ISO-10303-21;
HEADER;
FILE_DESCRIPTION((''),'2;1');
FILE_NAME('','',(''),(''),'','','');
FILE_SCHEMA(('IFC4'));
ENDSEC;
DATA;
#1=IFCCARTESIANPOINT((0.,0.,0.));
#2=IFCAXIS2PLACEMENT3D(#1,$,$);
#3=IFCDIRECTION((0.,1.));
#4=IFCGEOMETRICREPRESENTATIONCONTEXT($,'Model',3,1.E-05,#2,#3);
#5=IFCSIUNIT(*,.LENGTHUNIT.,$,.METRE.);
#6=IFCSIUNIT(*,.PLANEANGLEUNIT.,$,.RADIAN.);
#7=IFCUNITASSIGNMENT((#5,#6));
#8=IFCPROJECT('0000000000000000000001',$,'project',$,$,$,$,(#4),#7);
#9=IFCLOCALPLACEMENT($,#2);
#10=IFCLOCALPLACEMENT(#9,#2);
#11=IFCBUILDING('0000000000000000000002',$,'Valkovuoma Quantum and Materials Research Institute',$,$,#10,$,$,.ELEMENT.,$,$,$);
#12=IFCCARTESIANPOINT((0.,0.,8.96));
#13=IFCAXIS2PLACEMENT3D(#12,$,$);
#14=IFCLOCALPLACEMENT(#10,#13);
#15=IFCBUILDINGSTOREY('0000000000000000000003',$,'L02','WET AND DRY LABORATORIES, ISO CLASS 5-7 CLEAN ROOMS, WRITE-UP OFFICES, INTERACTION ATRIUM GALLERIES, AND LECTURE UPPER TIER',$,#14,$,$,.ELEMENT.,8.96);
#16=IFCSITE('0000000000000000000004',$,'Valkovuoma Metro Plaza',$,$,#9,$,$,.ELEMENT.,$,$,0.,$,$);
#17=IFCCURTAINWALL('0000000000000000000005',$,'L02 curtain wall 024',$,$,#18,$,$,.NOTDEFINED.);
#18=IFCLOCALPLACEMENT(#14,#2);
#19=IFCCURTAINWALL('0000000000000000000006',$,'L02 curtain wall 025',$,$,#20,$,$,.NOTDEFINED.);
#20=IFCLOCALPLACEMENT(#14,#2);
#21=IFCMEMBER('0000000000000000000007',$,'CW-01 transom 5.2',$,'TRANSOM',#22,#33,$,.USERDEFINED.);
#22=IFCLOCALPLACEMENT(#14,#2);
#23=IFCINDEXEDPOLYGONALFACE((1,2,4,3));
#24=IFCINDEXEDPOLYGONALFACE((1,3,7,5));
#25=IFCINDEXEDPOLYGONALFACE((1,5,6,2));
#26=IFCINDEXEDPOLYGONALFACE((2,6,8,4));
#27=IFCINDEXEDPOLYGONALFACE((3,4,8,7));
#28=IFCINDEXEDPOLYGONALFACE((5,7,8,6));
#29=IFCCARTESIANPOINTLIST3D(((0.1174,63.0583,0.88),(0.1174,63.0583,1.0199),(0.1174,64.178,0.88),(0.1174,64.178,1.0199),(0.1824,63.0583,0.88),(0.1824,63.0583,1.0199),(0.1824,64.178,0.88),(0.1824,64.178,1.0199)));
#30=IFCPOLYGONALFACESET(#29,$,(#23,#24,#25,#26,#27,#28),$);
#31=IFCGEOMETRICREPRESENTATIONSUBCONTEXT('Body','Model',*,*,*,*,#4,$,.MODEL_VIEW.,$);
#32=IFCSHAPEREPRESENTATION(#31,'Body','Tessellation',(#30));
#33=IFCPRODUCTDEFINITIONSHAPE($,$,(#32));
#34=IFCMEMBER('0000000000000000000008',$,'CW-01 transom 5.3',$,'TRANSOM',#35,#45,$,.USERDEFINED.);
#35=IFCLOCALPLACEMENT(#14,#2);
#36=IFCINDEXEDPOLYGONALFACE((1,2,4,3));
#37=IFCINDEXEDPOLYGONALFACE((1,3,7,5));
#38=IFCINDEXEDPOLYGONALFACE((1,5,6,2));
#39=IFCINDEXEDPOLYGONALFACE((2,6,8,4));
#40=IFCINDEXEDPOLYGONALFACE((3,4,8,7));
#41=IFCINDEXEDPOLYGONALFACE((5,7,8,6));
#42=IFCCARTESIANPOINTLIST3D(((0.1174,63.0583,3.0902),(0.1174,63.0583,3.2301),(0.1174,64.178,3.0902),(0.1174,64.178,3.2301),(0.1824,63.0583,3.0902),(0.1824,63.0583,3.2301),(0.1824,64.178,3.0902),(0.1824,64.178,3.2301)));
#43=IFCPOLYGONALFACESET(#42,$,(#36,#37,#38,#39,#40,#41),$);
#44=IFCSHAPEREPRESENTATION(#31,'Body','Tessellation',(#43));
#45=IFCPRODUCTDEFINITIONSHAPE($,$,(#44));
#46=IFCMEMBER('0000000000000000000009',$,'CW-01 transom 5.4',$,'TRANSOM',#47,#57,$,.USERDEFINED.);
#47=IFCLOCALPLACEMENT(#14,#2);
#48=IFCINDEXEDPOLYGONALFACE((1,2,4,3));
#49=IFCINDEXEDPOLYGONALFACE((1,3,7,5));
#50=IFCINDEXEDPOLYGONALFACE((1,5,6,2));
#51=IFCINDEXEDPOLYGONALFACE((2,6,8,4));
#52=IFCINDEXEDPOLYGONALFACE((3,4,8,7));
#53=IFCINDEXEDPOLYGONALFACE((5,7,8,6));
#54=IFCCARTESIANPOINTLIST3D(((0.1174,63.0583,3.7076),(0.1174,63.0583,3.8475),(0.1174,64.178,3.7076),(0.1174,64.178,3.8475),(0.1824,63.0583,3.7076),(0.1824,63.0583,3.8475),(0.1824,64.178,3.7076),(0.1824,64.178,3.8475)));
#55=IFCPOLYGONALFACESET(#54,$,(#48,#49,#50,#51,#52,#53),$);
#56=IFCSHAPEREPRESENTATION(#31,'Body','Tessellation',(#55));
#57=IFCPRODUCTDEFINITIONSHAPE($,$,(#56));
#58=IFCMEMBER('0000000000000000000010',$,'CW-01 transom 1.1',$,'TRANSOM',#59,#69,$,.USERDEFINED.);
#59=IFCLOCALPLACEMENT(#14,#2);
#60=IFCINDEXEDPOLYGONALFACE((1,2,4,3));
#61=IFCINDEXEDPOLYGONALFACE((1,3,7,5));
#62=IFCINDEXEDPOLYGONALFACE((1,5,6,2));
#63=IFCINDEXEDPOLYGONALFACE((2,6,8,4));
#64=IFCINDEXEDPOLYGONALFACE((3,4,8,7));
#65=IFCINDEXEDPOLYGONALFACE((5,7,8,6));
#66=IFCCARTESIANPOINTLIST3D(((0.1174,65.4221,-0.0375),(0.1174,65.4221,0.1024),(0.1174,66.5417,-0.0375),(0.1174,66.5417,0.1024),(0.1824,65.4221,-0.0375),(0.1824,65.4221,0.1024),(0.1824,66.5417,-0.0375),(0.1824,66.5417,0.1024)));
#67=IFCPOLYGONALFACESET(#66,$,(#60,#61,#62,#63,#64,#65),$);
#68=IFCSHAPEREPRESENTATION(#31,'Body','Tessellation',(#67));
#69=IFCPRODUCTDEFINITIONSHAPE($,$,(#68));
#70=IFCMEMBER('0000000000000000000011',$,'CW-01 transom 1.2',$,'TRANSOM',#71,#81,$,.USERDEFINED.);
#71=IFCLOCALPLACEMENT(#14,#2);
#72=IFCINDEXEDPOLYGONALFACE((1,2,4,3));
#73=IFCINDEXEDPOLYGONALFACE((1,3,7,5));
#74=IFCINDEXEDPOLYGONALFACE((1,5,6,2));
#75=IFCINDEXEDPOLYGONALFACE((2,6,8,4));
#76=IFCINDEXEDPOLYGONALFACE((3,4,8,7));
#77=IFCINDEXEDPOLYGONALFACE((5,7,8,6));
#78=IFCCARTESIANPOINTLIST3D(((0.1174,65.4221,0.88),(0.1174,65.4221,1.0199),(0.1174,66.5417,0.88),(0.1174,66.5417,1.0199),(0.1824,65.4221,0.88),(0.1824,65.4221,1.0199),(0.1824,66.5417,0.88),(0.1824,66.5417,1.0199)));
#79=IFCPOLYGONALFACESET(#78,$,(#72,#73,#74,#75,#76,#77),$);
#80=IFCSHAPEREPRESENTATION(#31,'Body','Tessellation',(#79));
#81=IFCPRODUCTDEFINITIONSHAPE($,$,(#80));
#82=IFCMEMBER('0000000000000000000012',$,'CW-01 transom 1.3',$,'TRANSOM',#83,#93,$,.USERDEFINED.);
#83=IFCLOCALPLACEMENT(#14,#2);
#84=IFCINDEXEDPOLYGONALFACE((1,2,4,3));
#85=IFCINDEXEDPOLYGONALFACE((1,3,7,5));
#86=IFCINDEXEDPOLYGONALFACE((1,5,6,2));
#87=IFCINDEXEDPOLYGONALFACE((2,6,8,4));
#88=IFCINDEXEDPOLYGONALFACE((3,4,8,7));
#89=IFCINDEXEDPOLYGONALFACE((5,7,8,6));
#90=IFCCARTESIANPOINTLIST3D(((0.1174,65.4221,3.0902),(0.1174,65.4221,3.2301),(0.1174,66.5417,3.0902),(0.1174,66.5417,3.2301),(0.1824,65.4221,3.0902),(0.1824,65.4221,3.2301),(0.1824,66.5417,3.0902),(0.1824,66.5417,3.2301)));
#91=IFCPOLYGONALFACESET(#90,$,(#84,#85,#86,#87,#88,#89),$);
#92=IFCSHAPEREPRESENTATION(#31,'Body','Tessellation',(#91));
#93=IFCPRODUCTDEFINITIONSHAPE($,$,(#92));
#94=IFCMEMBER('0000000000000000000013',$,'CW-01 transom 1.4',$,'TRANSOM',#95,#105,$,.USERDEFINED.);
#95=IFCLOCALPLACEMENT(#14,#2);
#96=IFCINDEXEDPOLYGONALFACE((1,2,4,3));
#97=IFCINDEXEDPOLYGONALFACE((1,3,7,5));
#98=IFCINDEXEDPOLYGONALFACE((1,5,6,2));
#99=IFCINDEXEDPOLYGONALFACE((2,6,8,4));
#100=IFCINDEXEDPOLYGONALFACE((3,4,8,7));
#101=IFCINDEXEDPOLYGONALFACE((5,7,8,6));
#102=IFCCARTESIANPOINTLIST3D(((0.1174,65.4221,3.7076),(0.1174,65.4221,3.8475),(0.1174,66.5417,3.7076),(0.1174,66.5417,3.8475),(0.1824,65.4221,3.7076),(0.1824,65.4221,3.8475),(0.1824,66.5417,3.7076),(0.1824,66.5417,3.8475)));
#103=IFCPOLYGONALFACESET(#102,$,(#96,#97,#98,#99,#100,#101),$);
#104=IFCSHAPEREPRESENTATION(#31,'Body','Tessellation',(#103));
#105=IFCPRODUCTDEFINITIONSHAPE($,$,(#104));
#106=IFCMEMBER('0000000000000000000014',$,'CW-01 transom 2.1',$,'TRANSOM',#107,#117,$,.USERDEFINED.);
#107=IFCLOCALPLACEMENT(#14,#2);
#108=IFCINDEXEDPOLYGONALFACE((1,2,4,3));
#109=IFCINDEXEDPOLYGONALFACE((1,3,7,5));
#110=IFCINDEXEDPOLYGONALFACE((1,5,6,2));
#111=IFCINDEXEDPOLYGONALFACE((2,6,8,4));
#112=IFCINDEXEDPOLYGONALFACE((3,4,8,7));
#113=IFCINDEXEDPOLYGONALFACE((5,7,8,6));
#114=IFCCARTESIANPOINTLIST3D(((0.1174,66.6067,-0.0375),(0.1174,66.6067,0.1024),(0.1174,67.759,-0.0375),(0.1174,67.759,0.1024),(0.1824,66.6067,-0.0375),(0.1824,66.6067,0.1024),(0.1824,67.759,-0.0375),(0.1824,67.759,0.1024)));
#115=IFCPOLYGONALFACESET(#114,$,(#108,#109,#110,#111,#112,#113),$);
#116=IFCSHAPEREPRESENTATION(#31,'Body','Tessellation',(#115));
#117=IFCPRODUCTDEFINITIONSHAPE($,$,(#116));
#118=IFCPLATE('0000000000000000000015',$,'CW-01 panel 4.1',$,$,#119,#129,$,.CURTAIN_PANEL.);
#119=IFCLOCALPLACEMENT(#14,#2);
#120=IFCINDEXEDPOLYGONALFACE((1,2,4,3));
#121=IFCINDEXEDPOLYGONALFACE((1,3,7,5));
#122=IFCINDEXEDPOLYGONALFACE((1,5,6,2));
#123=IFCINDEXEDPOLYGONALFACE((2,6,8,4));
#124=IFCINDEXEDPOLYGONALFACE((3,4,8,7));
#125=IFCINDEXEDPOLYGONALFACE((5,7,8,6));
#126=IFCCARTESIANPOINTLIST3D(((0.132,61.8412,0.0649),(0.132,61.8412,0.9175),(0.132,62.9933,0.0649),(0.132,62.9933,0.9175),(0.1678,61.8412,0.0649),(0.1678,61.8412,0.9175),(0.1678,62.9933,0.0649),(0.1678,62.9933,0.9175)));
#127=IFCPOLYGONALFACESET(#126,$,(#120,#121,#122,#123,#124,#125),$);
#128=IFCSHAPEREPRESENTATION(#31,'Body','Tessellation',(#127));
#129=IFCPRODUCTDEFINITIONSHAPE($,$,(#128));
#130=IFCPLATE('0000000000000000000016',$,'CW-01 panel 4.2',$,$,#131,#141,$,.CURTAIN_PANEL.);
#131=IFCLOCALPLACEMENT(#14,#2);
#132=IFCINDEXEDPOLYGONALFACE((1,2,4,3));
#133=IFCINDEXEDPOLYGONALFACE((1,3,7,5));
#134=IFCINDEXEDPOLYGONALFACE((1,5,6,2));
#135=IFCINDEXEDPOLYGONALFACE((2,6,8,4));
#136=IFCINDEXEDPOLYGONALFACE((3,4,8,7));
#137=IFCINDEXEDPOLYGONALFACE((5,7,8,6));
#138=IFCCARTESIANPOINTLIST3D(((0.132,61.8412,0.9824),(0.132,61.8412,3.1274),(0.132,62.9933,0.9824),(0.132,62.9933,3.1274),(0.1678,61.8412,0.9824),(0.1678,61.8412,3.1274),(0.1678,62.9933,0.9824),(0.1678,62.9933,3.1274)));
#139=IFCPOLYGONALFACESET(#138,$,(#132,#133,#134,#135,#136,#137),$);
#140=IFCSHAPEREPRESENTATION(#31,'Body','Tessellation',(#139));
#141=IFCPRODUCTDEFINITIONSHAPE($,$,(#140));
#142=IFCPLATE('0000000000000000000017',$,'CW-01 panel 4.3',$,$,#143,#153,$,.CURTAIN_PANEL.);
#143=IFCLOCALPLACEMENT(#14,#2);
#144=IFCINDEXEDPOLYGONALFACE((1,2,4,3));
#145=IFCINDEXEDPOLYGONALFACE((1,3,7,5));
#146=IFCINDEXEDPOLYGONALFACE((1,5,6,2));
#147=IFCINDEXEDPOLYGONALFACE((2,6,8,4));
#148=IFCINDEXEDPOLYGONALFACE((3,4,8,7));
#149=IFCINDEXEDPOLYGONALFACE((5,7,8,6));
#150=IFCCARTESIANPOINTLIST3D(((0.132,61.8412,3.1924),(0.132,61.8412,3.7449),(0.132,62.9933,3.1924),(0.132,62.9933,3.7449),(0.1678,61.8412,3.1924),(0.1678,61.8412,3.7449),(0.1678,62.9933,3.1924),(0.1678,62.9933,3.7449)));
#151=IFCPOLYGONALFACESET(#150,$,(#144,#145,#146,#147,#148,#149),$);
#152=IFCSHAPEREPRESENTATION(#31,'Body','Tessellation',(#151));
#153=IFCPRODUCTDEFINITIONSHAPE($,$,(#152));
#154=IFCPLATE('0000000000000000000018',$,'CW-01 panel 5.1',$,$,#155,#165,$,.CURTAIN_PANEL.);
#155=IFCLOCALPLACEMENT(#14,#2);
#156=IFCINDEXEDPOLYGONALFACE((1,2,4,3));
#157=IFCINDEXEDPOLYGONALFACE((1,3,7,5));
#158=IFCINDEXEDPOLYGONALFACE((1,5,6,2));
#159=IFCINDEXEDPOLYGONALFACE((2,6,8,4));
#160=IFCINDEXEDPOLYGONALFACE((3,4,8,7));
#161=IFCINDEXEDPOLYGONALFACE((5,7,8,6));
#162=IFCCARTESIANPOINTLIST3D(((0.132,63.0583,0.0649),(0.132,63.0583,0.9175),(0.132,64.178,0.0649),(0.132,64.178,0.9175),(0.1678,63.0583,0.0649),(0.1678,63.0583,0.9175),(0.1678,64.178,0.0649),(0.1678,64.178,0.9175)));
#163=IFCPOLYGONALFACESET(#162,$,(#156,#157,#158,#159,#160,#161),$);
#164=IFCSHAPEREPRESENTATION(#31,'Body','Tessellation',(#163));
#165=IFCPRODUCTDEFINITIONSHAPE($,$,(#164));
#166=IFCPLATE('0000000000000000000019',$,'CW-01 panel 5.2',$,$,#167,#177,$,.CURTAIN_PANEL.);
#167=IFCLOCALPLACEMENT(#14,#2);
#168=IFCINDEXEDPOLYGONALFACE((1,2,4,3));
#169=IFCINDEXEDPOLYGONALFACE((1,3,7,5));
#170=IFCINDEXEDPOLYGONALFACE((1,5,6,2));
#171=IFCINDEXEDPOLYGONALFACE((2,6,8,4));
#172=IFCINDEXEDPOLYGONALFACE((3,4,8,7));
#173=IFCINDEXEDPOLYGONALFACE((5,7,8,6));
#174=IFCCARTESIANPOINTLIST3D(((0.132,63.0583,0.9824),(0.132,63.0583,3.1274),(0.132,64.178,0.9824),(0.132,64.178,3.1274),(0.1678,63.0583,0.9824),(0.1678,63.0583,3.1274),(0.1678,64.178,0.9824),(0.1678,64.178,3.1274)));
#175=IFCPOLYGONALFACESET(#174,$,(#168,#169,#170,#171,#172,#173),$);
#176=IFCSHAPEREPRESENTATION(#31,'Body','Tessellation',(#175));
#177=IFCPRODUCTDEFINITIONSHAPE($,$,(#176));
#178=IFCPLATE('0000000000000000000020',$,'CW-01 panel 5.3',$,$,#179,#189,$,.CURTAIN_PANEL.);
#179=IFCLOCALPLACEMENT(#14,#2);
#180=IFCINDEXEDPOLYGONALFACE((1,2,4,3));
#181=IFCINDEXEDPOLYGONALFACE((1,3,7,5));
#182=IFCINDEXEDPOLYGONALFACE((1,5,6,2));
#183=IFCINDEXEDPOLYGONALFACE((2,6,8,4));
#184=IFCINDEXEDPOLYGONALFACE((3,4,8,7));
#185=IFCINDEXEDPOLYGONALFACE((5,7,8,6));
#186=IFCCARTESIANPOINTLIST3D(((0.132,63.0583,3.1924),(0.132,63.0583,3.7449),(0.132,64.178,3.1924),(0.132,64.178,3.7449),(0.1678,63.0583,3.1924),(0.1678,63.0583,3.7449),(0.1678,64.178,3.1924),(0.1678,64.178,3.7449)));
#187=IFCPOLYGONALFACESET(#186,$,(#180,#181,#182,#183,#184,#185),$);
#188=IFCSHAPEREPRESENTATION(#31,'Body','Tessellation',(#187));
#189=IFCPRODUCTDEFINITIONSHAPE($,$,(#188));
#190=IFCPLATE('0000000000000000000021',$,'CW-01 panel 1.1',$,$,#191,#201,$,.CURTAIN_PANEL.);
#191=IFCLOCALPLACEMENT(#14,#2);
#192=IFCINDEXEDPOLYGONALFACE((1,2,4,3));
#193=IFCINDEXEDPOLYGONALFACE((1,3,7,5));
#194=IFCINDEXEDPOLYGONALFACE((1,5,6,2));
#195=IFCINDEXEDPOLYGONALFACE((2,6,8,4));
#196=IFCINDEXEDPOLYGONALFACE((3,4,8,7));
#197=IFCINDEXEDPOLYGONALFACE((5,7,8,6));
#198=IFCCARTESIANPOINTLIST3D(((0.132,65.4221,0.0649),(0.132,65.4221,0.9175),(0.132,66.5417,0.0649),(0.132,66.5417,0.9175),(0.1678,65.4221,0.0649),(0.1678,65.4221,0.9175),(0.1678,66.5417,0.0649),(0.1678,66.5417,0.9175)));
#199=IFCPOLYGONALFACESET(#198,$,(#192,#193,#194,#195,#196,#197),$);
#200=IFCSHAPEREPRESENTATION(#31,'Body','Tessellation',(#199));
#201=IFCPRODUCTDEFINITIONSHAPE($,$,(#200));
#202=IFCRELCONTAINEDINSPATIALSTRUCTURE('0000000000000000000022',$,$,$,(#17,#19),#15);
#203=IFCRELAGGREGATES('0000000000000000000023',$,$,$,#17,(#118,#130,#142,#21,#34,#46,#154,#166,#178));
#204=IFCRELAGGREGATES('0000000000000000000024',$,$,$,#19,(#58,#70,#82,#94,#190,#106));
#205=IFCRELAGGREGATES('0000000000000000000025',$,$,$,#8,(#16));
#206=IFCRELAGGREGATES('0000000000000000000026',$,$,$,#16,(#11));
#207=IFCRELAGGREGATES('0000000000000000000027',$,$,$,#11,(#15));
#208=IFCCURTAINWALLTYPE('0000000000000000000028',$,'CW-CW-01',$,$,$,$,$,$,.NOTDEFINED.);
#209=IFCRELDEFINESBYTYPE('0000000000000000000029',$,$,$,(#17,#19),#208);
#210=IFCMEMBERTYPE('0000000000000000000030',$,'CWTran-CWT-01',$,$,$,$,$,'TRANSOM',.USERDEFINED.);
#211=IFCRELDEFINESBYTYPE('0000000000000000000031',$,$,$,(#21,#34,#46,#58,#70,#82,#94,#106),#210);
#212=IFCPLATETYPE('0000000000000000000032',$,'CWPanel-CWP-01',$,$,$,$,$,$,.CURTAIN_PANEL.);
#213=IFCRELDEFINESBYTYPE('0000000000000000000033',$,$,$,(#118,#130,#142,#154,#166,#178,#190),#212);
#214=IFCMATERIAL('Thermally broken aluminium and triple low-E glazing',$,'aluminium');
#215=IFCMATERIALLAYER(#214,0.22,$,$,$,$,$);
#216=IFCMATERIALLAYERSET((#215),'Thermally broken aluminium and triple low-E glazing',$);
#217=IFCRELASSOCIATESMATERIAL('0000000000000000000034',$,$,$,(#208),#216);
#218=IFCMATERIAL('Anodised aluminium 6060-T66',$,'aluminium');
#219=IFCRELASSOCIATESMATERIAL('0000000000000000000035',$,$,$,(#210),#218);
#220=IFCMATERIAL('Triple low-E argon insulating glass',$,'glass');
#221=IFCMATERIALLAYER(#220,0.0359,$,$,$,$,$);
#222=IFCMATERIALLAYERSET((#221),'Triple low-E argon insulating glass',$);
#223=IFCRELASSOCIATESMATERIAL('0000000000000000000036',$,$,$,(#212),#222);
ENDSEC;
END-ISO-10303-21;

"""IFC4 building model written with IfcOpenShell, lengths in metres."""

from ifc_helpers import new_model, si_unit, direction, frame, origin, origin_2d, place, context, subcontext, project, spatial, rectangle, extrude, material, layer, layer_set, material_profile, profile_set, type_object, element, aggregate, save


model = new_model("IFC4")

# Units and contexts
model_context = context("Model", 3, precision=1e-05, world=origin(), true_north=direction((0.0, 1.0)))
body_context = subcontext(model_context, "Body", "Model", "MODEL_VIEW")
ifc_project = project(units=[si_unit("LENGTHUNIT", "METRE"), si_unit("PLANEANGLEUNIT", "RADIAN")], contexts=[model_context])

# Site, building, storey
site_placement = place(None, origin())
site = spatial("IfcSite", under=ifc_project, at=site_placement, Name="Valkovuoma Metro Plaza", CompositionType="ELEMENT", RefElevation=0.0)
building_placement = place(site_placement, origin())
building = spatial("IfcBuilding", under=site, at=building_placement, Name="Valkovuoma Quantum and Materials Research Institute", CompositionType="ELEMENT")
storey_placement = place(building_placement, frame((0.0, 0.0, 8.96)))
storey = spatial("IfcBuildingStorey", under=building, at=storey_placement, Name="L02", Description="WET AND DRY LABORATORIES, ISO CLASS 5-7 CLEAN ROOMS, WRITE-UP OFFICES, INTERACTION ATRIUM GALLERIES, AND LECTURE UPPER TIER", CompositionType="ELEMENT", Elevation=8.96)

# Curtain walls
ifc_material_1 = material(Name="Thermally broken aluminium and triple low-E glazing", Category="aluminium")
ifc_layer_1 = layer(ifc_material_1, 0.22)
ifc_layer_set_1 = layer_set([ifc_layer_1], Name="Thermally broken aluminium and triple low-E glazing")
curtain_wall_type = type_object("IfcCurtainWallType", Name="CW-CW-01", PredefinedType="NOTDEFINED", material=ifc_layer_set_1)
curtain_wall_1_placement = place(storey_placement, origin())
curtain_wall_1 = element("IfcCurtainWall", 1, at=curtain_wall_1_placement, inside=storey, type_object=curtain_wall_type, Name="L02 curtain wall 024", PredefinedType="NOTDEFINED")
curtain_wall_2_placement = place(storey_placement, origin())
curtain_wall_2 = element("IfcCurtainWall", 2, at=curtain_wall_2_placement, inside=storey, type_object=curtain_wall_type, Name="L02 curtain wall 025", PredefinedType="NOTDEFINED")

# Members
ifc_material_2 = material(Name="Anodised aluminium 6060-T66", Category="aluminium")
ifc_material_profile_1 = material_profile(ifc_material_2, rectangle(XDim=0.0649, YDim=0.1399, at=origin_2d()), Name="Anodised aluminium 6060-T66")
ifc_profile_set_1 = profile_set([ifc_material_profile_1], Name="Anodised aluminium 6060-T66")
member_type_1 = type_object("IfcMemberType", Name="CWTran-CWT-01", ElementType="TRANSOM", PredefinedType="USERDEFINED", material=ifc_profile_set_1)
member_1_placement = place(storey_placement, frame((0.1499, 63.0583, 0.95), z_axis=(0.0, 1.0, 0.0), x_axis=(-1.0, 0.0, 0.0)))
member_1 = element("IfcMember", 3, at=member_1_placement, type_object=member_type_1, Name="CW-01 transom 5.2", ObjectType="TRANSOM", PredefinedType="USERDEFINED", context=body_context, shape_type="SweptSolid", body=[
    extrude(rectangle(XDim=0.0649, YDim=0.1399, at=origin_2d()), origin(), (0.0, 0.0, 1.0), 1.1196),
])
member_2_placement = place(storey_placement, frame((0.1499, 63.0583, 3.1602), z_axis=(0.0, 1.0, 0.0), x_axis=(-1.0, 0.0, 0.0)))
member_2 = element("IfcMember", 4, at=member_2_placement, type_object=member_type_1, Name="CW-01 transom 5.3", ObjectType="TRANSOM", PredefinedType="USERDEFINED", context=body_context, shape_type="SweptSolid", body=[
    extrude(rectangle(XDim=0.0649, YDim=0.1399, at=origin_2d()), origin(), (0.0, 0.0, 1.0), 1.1196),
])
member_3_placement = place(storey_placement, frame((0.1499, 63.0583, 3.7776), z_axis=(0.0, 1.0, 0.0), x_axis=(-1.0, 0.0, 0.0)))
member_3 = element("IfcMember", 5, at=member_3_placement, type_object=member_type_1, Name="CW-01 transom 5.4", ObjectType="TRANSOM", PredefinedType="USERDEFINED", context=body_context, shape_type="SweptSolid", body=[
    extrude(rectangle(XDim=0.0649, YDim=0.1399, at=origin_2d()), origin(), (0.0, 0.0, 1.0), 1.1196),
])
member_4_placement = place(storey_placement, frame((0.1499, 65.4221, 0.0325), z_axis=(0.0, 1.0, 0.0), x_axis=(-1.0, 0.0, 0.0)))
member_4 = element("IfcMember", 6, at=member_4_placement, type_object=member_type_1, Name="CW-01 transom 1.1", ObjectType="TRANSOM", PredefinedType="USERDEFINED", context=body_context, shape_type="SweptSolid", body=[
    extrude(rectangle(XDim=0.0649, YDim=0.1399, at=origin_2d()), origin(), (0.0, 0.0, 1.0), 1.1196),
])
member_5_placement = place(storey_placement, frame((0.1499, 65.4221, 0.95), z_axis=(0.0, 1.0, 0.0), x_axis=(-1.0, 0.0, 0.0)))
member_5 = element("IfcMember", 7, at=member_5_placement, type_object=member_type_1, Name="CW-01 transom 1.2", ObjectType="TRANSOM", PredefinedType="USERDEFINED", context=body_context, shape_type="SweptSolid", body=[
    extrude(rectangle(XDim=0.0649, YDim=0.1399, at=origin_2d()), origin(), (0.0, 0.0, 1.0), 1.1196),
])
member_6_placement = place(storey_placement, frame((0.1499, 65.4221, 3.1602), z_axis=(0.0, 1.0, 0.0), x_axis=(-1.0, 0.0, 0.0)))
member_6 = element("IfcMember", 8, at=member_6_placement, type_object=member_type_1, Name="CW-01 transom 1.3", ObjectType="TRANSOM", PredefinedType="USERDEFINED", context=body_context, shape_type="SweptSolid", body=[
    extrude(rectangle(XDim=0.0649, YDim=0.1399, at=origin_2d()), origin(), (0.0, 0.0, 1.0), 1.1196),
])
member_7_placement = place(storey_placement, frame((0.1499, 65.4221, 3.7776), z_axis=(0.0, 1.0, 0.0), x_axis=(-1.0, 0.0, 0.0)))
member_7 = element("IfcMember", 9, at=member_7_placement, type_object=member_type_1, Name="CW-01 transom 1.4", ObjectType="TRANSOM", PredefinedType="USERDEFINED", context=body_context, shape_type="SweptSolid", body=[
    extrude(rectangle(XDim=0.0649, YDim=0.1399, at=origin_2d()), origin(), (0.0, 0.0, 1.0), 1.1196),
])
member_8_placement = place(storey_placement, frame((0.1499, 66.6067, 0.0325), z_axis=(0.0, 1.0, 0.0), x_axis=(-1.0, 0.0, 0.0)))
member_8 = element("IfcMember", 10, at=member_8_placement, type_object=member_type_1, Name="CW-01 transom 2.1", ObjectType="TRANSOM", PredefinedType="USERDEFINED", context=body_context, shape_type="SweptSolid", body=[
    extrude(rectangle(XDim=0.0649, YDim=0.1399, at=origin_2d()), origin(), (0.0, 0.0, 1.0), 1.1523),
])

# Plates
ifc_material_3 = material(Name="Triple low-E argon insulating glass", Category="glass")
ifc_layer_2 = layer(ifc_material_3, 0.0359)
ifc_layer_set_2 = layer_set([ifc_layer_2], Name="Triple low-E argon insulating glass")
plate_type = type_object("IfcPlateType", Name="CWPanel-CWP-01", PredefinedType="CURTAIN_PANEL", material=ifc_layer_set_2)
plate_1_placement = place(storey_placement, frame((0.1499, 62.4172, 0.0649), z_axis=(0.0, 0.0, 1.0), x_axis=(0.0, 1.0, 0.0)))
plate_1 = element("IfcPlate", 11, at=plate_1_placement, type_object=plate_type, Name="CW-01 panel 4.1", PredefinedType="CURTAIN_PANEL", context=body_context, shape_type="SweptSolid", body=[
    extrude(rectangle(XDim=1.1521, YDim=0.0359, at=origin_2d()), origin(), (0.0, 0.0, 1.0), 0.8525),
])
plate_2_placement = place(storey_placement, frame((0.1499, 62.4172, 0.9824), z_axis=(0.0, 0.0, 1.0), x_axis=(0.0, 1.0, 0.0)))
plate_2 = element("IfcPlate", 12, at=plate_2_placement, type_object=plate_type, Name="CW-01 panel 4.2", PredefinedType="CURTAIN_PANEL", context=body_context, shape_type="SweptSolid", body=[
    extrude(rectangle(XDim=1.1521, YDim=0.0359, at=origin_2d()), origin(), (0.0, 0.0, 1.0), 2.145),
])
plate_3_placement = place(storey_placement, frame((0.1499, 62.4172, 3.1924), z_axis=(0.0, 0.0, 1.0), x_axis=(0.0, 1.0, 0.0)))
plate_3 = element("IfcPlate", 13, at=plate_3_placement, type_object=plate_type, Name="CW-01 panel 4.3", PredefinedType="CURTAIN_PANEL", context=body_context, shape_type="SweptSolid", body=[
    extrude(rectangle(XDim=1.1521, YDim=0.0359, at=origin_2d()), origin(), (0.0, 0.0, 1.0), 0.5525),
])
plate_4_placement = place(storey_placement, frame((0.1499, 63.6182, 0.0649), z_axis=(0.0, 0.0, 1.0), x_axis=(0.0, 1.0, 0.0)))
plate_4 = element("IfcPlate", 14, at=plate_4_placement, type_object=plate_type, Name="CW-01 panel 5.1", PredefinedType="CURTAIN_PANEL", context=body_context, shape_type="SweptSolid", body=[
    extrude(rectangle(XDim=1.1196, YDim=0.0359, at=origin_2d()), origin(), (0.0, 0.0, 1.0), 0.8525),
])
plate_5_placement = place(storey_placement, frame((0.1499, 63.6182, 0.9824), z_axis=(0.0, 0.0, 1.0), x_axis=(0.0, 1.0, 0.0)))
plate_5 = element("IfcPlate", 15, at=plate_5_placement, type_object=plate_type, Name="CW-01 panel 5.2", PredefinedType="CURTAIN_PANEL", context=body_context, shape_type="SweptSolid", body=[
    extrude(rectangle(XDim=1.1196, YDim=0.0359, at=origin_2d()), origin(), (0.0, 0.0, 1.0), 2.145),
])
plate_6_placement = place(storey_placement, frame((0.1499, 63.6182, 3.1924), z_axis=(0.0, 0.0, 1.0), x_axis=(0.0, 1.0, 0.0)))
plate_6 = element("IfcPlate", 16, at=plate_6_placement, type_object=plate_type, Name="CW-01 panel 5.3", PredefinedType="CURTAIN_PANEL", context=body_context, shape_type="SweptSolid", body=[
    extrude(rectangle(XDim=1.1196, YDim=0.0359, at=origin_2d()), origin(), (0.0, 0.0, 1.0), 0.5525),
])
aggregate(curtain_wall_1, [plate_1, plate_2, plate_3, member_1, member_2, member_3, plate_4, plate_5, plate_6])
plate_7_placement = place(storey_placement, frame((0.1499, 65.9819, 0.0649), z_axis=(0.0, 0.0, 1.0), x_axis=(0.0, 1.0, 0.0)))
plate_7 = element("IfcPlate", 17, at=plate_7_placement, type_object=plate_type, Name="CW-01 panel 1.1", PredefinedType="CURTAIN_PANEL", context=body_context, shape_type="SweptSolid", body=[
    extrude(rectangle(XDim=1.1196, YDim=0.0359, at=origin_2d()), origin(), (0.0, 0.0, 1.0), 0.8525),
])
aggregate(curtain_wall_2, [member_4, member_5, member_6, member_7, plate_7, member_8])

save(model, "model.ifc")
